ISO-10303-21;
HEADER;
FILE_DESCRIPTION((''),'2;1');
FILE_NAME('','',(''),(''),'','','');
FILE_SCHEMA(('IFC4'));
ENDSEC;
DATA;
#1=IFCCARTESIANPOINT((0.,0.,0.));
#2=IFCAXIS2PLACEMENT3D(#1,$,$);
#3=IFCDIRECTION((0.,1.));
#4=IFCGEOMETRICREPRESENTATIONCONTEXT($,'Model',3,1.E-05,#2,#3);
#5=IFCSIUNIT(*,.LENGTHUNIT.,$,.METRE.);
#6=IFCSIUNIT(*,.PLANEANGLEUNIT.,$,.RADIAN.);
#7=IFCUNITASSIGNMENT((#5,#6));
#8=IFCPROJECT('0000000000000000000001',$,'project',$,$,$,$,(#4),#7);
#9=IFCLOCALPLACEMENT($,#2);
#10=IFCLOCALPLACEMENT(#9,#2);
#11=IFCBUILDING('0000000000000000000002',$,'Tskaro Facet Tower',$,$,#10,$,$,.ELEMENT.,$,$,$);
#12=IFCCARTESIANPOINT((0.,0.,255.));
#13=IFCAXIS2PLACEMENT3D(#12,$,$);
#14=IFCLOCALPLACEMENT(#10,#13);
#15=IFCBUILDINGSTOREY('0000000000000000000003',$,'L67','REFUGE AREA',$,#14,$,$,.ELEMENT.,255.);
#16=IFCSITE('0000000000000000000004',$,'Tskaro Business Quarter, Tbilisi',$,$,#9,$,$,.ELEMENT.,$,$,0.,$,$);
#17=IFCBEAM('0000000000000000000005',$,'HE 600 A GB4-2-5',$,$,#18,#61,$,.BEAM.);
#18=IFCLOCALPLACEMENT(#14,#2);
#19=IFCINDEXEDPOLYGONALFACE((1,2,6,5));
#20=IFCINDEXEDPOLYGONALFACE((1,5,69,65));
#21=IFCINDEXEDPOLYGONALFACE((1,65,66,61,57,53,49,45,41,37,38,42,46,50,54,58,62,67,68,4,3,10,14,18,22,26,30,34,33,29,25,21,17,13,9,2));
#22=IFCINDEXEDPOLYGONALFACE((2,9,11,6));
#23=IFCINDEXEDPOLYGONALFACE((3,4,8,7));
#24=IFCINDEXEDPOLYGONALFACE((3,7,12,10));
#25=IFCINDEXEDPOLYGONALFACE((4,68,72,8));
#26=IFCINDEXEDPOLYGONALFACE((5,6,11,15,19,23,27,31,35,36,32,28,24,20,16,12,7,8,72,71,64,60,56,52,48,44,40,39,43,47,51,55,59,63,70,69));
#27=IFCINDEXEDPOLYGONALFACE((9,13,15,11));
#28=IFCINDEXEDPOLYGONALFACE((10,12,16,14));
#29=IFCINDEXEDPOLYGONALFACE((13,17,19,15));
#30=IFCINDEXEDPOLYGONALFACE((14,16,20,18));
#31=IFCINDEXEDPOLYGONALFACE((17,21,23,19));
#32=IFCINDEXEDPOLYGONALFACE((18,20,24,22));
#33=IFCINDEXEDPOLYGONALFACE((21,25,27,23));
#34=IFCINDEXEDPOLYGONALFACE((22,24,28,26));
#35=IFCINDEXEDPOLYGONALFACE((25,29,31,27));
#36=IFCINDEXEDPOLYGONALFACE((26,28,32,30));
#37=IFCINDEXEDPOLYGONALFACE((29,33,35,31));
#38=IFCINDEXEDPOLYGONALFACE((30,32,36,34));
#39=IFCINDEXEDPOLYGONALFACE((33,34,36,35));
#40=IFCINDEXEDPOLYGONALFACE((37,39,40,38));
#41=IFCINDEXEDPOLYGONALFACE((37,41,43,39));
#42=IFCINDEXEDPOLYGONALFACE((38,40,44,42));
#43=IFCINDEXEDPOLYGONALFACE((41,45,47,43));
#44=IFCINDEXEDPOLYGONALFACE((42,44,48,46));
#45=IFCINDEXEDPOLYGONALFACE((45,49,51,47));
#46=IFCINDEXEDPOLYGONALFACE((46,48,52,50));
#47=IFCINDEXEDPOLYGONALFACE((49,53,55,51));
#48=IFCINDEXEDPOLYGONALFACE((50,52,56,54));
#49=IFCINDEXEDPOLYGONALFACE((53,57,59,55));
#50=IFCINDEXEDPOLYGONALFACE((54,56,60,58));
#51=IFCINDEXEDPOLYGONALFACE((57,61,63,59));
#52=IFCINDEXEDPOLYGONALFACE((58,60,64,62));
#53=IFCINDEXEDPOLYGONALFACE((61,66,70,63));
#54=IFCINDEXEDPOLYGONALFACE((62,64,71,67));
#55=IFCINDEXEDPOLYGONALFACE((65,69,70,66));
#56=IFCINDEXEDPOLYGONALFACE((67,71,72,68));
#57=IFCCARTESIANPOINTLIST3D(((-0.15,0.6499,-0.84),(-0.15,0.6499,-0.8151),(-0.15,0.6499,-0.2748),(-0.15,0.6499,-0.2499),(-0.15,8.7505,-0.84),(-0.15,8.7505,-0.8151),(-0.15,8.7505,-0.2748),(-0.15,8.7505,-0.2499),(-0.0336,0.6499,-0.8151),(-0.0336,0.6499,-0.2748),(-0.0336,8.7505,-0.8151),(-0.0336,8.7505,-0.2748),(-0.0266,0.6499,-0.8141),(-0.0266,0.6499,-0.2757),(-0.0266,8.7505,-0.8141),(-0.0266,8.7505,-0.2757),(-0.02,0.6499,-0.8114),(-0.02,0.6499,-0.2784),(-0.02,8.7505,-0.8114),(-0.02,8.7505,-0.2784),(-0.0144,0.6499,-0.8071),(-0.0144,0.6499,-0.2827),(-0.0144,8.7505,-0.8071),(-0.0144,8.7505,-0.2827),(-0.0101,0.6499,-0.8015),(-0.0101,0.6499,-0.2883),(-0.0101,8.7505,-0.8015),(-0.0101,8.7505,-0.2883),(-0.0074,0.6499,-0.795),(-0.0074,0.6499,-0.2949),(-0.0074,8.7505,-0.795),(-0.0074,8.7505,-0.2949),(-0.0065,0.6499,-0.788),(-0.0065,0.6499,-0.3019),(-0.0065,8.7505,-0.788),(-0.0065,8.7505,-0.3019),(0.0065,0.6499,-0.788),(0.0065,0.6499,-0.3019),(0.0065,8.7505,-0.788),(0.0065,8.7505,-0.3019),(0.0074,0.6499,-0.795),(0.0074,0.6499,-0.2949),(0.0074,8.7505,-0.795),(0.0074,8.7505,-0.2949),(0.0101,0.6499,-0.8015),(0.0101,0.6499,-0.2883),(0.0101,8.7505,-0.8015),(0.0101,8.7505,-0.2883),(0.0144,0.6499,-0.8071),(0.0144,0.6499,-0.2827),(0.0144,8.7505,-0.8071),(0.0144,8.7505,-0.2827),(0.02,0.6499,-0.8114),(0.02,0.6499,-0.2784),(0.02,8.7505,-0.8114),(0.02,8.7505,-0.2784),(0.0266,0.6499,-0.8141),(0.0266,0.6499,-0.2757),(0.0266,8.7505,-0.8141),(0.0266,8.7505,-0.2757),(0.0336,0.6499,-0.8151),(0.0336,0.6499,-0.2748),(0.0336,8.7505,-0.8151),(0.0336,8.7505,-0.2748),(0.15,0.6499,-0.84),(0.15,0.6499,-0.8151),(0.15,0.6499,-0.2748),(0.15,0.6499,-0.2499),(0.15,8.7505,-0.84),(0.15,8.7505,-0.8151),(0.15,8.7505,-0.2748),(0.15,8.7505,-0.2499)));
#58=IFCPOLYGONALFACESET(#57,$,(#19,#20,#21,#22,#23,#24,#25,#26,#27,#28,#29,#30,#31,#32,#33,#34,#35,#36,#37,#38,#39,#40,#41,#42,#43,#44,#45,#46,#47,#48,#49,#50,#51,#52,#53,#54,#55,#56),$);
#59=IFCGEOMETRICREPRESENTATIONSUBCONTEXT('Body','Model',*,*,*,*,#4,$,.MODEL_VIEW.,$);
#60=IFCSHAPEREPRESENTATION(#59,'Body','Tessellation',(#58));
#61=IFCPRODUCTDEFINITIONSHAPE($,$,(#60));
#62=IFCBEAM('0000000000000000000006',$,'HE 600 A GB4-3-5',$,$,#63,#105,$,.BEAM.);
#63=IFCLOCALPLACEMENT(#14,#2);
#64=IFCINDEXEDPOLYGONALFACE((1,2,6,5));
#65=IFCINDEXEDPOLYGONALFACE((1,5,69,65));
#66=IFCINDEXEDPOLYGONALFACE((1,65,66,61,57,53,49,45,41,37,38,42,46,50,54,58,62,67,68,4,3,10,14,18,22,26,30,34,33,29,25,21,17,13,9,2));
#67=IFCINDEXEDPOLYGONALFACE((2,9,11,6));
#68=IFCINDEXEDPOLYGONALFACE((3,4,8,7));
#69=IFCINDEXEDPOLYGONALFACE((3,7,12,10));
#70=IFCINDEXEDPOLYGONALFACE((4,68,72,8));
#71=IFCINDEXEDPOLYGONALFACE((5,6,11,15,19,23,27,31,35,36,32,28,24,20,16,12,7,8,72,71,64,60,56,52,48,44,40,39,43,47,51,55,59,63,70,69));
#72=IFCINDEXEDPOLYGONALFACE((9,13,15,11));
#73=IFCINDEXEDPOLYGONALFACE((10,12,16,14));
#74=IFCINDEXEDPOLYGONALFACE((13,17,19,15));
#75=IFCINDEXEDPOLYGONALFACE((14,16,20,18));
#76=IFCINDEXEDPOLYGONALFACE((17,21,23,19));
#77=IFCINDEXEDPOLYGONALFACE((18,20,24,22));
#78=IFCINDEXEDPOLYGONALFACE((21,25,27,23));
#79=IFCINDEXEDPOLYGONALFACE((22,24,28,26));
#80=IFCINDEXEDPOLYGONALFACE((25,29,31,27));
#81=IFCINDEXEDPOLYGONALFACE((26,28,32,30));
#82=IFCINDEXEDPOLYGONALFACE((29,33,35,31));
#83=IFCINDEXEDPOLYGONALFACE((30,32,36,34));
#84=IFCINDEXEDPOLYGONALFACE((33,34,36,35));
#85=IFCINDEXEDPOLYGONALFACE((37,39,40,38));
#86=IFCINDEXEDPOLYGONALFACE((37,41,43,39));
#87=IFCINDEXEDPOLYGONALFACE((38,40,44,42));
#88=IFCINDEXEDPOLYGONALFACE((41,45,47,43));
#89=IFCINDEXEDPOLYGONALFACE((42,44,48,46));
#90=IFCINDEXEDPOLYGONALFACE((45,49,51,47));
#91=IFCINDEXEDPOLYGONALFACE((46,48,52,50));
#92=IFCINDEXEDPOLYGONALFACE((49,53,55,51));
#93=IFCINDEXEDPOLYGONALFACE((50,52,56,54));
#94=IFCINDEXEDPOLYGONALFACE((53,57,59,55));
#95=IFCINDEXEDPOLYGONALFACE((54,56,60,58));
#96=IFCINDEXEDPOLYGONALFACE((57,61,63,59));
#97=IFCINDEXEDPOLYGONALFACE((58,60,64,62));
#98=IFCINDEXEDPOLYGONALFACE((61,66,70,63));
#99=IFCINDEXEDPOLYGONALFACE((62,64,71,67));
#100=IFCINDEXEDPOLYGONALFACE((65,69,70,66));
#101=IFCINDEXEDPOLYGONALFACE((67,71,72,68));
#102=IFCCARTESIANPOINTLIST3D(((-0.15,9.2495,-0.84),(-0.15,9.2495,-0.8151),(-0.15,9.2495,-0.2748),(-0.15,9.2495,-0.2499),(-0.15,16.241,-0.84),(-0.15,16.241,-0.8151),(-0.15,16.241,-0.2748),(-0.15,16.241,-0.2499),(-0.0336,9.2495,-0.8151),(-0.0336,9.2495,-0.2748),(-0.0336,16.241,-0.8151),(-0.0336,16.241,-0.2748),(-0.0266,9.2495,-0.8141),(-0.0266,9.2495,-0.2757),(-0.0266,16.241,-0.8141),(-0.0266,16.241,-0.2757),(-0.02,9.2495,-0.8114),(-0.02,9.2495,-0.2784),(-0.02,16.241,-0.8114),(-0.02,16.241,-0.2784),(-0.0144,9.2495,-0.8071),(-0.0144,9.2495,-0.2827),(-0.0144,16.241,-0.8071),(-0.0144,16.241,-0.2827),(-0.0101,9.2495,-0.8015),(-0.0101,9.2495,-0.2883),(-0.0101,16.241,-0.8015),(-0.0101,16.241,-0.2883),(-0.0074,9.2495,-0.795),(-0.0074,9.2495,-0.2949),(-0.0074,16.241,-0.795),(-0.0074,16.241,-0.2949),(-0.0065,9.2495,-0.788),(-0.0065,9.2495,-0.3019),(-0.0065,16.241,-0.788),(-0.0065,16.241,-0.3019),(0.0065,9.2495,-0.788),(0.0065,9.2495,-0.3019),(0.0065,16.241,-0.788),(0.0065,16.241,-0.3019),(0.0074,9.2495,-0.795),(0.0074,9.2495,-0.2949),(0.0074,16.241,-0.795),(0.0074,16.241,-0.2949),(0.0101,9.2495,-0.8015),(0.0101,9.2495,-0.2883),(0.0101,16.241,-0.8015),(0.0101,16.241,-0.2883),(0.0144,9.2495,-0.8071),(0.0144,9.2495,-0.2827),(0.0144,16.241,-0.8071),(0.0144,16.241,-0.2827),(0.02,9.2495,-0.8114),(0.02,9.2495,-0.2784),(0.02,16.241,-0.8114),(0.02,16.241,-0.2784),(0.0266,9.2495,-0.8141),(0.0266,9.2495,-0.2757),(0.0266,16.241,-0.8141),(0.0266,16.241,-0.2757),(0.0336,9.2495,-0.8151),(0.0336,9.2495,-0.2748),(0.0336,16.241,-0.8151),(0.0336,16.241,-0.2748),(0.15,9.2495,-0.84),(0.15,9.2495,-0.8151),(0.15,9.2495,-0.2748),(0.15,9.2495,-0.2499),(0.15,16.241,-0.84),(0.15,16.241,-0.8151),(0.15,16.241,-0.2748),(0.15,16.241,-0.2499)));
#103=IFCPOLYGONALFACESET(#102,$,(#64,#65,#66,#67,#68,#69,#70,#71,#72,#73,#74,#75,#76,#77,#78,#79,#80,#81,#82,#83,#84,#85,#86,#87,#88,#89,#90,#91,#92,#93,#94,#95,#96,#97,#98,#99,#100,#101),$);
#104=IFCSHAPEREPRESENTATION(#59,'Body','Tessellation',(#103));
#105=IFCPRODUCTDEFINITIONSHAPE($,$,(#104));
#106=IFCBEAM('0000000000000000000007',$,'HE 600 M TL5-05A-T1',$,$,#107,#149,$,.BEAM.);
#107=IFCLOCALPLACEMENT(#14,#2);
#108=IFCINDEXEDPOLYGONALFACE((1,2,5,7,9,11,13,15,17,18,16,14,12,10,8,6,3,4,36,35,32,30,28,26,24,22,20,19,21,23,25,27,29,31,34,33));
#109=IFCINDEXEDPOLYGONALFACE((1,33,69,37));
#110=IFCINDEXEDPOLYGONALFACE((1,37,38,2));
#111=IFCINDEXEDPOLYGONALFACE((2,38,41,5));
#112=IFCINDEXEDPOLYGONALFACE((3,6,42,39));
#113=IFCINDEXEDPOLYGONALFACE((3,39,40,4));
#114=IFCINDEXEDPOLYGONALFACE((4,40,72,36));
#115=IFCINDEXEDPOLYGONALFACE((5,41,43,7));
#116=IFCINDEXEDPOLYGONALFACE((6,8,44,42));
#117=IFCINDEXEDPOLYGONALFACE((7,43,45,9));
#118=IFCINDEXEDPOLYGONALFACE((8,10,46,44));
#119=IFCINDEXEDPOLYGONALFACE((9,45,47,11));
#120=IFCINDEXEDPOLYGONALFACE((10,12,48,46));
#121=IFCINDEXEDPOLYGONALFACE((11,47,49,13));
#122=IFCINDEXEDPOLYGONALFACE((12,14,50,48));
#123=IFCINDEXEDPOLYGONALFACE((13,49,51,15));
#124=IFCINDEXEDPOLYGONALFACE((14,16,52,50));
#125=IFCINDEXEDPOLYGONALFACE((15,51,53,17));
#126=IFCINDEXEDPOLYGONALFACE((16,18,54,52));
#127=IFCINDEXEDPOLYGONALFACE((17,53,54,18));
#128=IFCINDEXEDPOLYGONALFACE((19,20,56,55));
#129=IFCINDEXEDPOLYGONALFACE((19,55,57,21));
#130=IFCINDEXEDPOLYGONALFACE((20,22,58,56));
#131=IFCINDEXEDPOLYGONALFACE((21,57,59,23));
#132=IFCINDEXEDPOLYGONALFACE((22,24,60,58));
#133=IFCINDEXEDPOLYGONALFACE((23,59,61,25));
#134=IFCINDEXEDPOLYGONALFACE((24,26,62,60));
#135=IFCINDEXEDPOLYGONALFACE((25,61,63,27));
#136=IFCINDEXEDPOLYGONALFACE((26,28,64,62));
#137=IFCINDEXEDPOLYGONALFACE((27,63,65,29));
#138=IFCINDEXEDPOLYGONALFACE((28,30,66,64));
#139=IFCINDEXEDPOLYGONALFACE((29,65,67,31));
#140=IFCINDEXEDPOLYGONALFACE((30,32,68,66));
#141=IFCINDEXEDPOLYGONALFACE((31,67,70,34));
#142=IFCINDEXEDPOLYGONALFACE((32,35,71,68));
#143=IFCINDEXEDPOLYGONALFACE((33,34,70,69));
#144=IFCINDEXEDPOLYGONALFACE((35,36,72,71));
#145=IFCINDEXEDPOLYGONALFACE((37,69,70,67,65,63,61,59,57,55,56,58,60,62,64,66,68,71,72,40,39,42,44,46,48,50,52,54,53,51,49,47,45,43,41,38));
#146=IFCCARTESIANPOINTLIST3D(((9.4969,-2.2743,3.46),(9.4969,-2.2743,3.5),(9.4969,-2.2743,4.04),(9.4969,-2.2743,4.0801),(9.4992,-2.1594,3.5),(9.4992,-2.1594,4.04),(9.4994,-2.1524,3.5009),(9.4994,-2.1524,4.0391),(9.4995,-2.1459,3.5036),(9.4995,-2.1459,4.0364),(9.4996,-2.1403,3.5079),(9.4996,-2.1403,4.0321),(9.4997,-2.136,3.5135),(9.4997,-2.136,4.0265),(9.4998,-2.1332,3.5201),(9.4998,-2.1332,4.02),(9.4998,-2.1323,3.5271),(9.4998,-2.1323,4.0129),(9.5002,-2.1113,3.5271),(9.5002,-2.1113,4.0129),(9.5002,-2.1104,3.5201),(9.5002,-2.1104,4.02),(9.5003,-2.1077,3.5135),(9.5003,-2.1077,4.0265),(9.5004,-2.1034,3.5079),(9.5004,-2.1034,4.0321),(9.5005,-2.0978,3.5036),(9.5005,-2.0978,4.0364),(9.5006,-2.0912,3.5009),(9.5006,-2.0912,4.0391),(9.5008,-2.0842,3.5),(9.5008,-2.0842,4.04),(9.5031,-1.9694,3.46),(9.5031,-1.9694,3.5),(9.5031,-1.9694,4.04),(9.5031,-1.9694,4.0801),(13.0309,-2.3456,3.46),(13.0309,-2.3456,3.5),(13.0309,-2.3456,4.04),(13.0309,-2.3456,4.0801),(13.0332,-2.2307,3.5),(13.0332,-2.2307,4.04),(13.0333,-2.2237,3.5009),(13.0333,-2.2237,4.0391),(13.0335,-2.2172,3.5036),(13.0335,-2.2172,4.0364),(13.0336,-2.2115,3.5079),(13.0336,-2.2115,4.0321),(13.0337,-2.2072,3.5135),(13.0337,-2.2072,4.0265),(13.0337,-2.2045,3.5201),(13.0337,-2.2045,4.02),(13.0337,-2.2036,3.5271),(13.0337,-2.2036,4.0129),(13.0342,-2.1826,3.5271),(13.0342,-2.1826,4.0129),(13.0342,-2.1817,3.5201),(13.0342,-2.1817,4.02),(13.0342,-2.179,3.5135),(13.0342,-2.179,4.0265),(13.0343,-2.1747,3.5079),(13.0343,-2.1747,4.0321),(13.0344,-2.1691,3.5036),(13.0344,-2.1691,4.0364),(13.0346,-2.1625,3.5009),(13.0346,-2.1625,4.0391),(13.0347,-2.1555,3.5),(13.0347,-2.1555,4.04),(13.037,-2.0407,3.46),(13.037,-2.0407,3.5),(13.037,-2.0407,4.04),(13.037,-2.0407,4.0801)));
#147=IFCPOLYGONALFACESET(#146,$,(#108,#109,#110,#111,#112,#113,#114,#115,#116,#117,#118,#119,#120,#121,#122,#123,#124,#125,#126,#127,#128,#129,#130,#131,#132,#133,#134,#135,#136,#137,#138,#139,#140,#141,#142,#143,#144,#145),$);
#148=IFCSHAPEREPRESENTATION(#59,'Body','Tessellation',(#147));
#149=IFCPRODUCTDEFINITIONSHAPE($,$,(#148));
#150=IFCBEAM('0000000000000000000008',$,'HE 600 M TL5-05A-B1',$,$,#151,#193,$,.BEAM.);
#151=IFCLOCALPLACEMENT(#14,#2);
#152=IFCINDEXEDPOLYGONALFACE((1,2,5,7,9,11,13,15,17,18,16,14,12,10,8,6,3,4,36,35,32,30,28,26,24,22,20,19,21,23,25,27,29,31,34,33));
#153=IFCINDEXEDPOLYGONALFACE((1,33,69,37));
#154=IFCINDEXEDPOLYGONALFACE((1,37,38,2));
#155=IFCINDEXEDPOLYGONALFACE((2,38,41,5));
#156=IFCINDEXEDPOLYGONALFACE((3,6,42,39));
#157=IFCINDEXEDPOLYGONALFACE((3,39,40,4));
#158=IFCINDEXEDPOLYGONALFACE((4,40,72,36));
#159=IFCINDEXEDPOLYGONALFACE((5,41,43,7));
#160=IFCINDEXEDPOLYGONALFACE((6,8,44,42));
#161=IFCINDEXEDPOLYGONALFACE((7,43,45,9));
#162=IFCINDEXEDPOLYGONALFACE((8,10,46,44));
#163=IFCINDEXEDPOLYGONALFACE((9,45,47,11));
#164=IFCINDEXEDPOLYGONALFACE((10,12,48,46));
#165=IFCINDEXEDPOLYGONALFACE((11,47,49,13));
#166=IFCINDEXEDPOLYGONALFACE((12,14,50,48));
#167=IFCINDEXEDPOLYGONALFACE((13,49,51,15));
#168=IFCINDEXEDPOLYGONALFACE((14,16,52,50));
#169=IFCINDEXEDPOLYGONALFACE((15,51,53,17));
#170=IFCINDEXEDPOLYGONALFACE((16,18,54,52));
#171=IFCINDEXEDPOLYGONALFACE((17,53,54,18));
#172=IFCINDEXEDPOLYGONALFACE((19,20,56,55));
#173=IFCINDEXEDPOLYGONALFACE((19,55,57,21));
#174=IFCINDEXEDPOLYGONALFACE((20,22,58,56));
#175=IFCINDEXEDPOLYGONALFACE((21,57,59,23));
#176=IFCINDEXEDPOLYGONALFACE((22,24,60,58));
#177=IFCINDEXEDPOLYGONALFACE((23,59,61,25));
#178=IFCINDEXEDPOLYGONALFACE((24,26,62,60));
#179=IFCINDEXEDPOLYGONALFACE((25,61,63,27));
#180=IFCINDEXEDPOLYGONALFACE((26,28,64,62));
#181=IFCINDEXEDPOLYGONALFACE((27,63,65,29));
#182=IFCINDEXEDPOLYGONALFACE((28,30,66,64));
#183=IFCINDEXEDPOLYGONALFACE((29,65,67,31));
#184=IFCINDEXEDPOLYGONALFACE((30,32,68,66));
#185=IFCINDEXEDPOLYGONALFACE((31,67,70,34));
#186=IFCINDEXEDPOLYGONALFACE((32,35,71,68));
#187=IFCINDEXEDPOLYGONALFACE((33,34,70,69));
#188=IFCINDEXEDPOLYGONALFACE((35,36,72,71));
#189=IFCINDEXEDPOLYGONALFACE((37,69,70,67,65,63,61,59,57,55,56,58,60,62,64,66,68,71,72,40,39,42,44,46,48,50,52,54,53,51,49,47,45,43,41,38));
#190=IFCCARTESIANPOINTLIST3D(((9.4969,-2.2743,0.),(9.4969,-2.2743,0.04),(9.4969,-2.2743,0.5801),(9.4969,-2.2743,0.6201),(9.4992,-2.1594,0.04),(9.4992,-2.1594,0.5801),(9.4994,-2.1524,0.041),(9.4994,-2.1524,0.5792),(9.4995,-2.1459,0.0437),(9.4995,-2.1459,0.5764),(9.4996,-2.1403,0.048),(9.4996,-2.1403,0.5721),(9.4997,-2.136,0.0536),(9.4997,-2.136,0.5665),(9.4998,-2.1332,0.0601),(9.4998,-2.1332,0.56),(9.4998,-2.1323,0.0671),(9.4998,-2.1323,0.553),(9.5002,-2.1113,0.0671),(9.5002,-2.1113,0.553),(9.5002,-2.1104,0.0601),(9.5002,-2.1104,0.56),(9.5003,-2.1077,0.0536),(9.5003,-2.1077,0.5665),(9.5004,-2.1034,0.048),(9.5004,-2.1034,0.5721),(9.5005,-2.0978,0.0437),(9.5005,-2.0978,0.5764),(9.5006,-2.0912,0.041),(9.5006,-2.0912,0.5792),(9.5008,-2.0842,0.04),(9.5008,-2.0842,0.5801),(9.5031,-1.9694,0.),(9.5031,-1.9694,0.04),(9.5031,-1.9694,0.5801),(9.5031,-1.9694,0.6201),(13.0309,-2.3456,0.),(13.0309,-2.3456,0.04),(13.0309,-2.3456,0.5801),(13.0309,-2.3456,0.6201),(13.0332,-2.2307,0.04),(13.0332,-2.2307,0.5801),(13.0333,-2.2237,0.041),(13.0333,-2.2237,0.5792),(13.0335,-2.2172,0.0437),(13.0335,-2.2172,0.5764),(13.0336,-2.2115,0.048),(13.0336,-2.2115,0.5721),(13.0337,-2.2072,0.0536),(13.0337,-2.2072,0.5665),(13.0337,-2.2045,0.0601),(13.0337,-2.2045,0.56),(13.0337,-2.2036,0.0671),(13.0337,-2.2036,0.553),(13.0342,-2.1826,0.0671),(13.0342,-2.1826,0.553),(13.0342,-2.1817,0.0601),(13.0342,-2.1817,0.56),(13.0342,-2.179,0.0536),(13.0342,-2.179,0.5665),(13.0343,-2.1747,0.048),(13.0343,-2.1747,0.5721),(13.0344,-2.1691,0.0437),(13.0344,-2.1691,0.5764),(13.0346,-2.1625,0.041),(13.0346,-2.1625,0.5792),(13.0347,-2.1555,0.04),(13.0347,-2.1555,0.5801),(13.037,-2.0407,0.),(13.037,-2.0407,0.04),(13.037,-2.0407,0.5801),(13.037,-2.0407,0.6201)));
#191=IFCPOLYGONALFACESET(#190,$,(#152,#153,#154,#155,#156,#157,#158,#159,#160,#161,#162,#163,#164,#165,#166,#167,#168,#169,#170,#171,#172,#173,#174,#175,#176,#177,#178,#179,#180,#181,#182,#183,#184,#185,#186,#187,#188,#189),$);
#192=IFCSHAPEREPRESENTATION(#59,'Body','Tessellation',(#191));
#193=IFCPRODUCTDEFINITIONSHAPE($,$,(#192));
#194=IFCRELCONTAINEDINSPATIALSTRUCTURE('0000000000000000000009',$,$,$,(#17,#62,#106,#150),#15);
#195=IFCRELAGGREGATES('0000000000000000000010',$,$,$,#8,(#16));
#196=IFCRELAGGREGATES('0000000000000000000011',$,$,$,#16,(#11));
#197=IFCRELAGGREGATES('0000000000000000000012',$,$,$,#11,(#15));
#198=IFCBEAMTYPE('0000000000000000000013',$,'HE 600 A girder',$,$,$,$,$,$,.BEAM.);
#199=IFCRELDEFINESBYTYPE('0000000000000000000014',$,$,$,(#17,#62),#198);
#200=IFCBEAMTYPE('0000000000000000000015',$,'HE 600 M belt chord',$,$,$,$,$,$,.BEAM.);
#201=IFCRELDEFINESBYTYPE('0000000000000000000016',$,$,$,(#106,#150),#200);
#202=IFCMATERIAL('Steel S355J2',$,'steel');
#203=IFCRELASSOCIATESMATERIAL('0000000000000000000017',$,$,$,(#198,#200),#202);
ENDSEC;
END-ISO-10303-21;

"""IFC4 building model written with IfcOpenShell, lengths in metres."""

from ifc_helpers import new_model, si_unit, direction, frame, origin, origin_2d, place, context, subcontext, project, spatial, i_section, extrude, material, material_profile, profile_set, type_object, element, save


model = new_model("IFC4")

# Units and contexts
model_context = context("Model", 3, precision=1e-05, world=origin(), true_north=direction((0.0, 1.0)))
body_context = subcontext(model_context, "Body", "Model", "MODEL_VIEW")
ifc_project = project(units=[si_unit("LENGTHUNIT", "METRE"), si_unit("PLANEANGLEUNIT", "RADIAN")], contexts=[model_context])

# Site, building, storey
site_placement = place(None, origin())
site = spatial("IfcSite", under=ifc_project, at=site_placement, Name="Tskaro Business Quarter, Tbilisi", CompositionType="ELEMENT", RefElevation=0.0)
building_placement = place(site_placement, origin())
building = spatial("IfcBuilding", under=site, at=building_placement, Name="Tskaro Facet Tower", CompositionType="ELEMENT")
storey_placement = place(building_placement, frame((0.0, 0.0, 255.0)))
storey = spatial("IfcBuildingStorey", under=building, at=storey_placement, Name="L67", Description="REFUGE AREA", CompositionType="ELEMENT", Elevation=255.0)

# Shared definitions
ifc_material_1 = material(Name="Steel S355J2", Category="steel")

# Beams
ifc_material_profile_1 = material_profile(ifc_material_1, i_section(OverallWidth=0.3, OverallDepth=0.5901, WebThickness=0.0129, FlangeThickness=0.0249, FilletRadius=0.0271, at=origin_2d()), Name="HE 600 A")
ifc_profile_set_1 = profile_set([ifc_material_profile_1], Name="Steel S355J2")
beam_type_1 = type_object("IfcBeamType", Name="HE 600 A girder", PredefinedType="BEAM", material=ifc_profile_set_1)
beam_1_placement = place(storey_placement, frame((0.0, 0.6499, -0.5449), z_axis=(0.0, 1.0, 0.0), x_axis=(-1.0, 0.0, 0.0)))
element("IfcBeam", 1, at=beam_1_placement, inside=storey, type_object=beam_type_1, Name="HE 600 A GB4-2-5", PredefinedType="BEAM", context=body_context, shape_type="SweptSolid", body=[
    extrude(i_section(OverallWidth=0.3, OverallDepth=0.5901, WebThickness=0.0129, FlangeThickness=0.0249, FilletRadius=0.0271, at=origin_2d()), origin(), (0.0, 0.0, 1.0), 8.1006),
])
beam_2_placement = place(storey_placement, frame((0.0, 9.2495, -0.5449), z_axis=(0.0, 1.0, 0.0), x_axis=(-1.0, 0.0, 0.0)))
element("IfcBeam", 2, at=beam_2_placement, inside=storey, type_object=beam_type_1, Name="HE 600 A GB4-3-5", PredefinedType="BEAM", context=body_context, shape_type="SweptSolid", body=[
    extrude(i_section(OverallWidth=0.3, OverallDepth=0.5901, WebThickness=0.0129, FlangeThickness=0.0249, FilletRadius=0.0271, at=origin_2d()), origin(), (0.0, 0.0, 1.0), 6.9915),
])
ifc_material_profile_2 = material_profile(ifc_material_1, i_section(OverallWidth=0.3049, OverallDepth=0.6201, WebThickness=0.021, FlangeThickness=0.04, FilletRadius=0.0271, at=origin_2d()), Name="HE 600 M")
ifc_profile_set_2 = profile_set([ifc_material_profile_2], Name="Steel S355J2")
beam_type_2 = type_object("IfcBeamType", Name="HE 600 M belt chord", PredefinedType="BEAM", material=ifc_profile_set_2)
for number, where, z_axis, x_axis, name in (
    (3, (9.5, -2.1218, 3.77), (0.999797, -0.020169, 0.0), (0.020169, 0.999797, 0.0), "HE 600 M TL5-05A-T1"),
    (4, (9.5, -2.1218, 0.3101), (0.999797, -0.020169, 0.0), (0.020169, 0.999797, 0.0), "HE 600 M TL5-05A-B1"),
):
    element("IfcBeam", number, at=place(storey_placement, frame(where, z_axis=z_axis, x_axis=x_axis)), inside=storey, type_object=beam_type_2, Name=name, PredefinedType="BEAM", context=body_context, shape_type="SweptSolid", body=[
        extrude(i_section(OverallWidth=0.3049, OverallDepth=0.6201, WebThickness=0.021, FlangeThickness=0.04, FilletRadius=0.0271, at=origin_2d()), origin(), (0.0, 0.0, 1.0), 3.5347),
    ])

save(model, "model.ifc")
